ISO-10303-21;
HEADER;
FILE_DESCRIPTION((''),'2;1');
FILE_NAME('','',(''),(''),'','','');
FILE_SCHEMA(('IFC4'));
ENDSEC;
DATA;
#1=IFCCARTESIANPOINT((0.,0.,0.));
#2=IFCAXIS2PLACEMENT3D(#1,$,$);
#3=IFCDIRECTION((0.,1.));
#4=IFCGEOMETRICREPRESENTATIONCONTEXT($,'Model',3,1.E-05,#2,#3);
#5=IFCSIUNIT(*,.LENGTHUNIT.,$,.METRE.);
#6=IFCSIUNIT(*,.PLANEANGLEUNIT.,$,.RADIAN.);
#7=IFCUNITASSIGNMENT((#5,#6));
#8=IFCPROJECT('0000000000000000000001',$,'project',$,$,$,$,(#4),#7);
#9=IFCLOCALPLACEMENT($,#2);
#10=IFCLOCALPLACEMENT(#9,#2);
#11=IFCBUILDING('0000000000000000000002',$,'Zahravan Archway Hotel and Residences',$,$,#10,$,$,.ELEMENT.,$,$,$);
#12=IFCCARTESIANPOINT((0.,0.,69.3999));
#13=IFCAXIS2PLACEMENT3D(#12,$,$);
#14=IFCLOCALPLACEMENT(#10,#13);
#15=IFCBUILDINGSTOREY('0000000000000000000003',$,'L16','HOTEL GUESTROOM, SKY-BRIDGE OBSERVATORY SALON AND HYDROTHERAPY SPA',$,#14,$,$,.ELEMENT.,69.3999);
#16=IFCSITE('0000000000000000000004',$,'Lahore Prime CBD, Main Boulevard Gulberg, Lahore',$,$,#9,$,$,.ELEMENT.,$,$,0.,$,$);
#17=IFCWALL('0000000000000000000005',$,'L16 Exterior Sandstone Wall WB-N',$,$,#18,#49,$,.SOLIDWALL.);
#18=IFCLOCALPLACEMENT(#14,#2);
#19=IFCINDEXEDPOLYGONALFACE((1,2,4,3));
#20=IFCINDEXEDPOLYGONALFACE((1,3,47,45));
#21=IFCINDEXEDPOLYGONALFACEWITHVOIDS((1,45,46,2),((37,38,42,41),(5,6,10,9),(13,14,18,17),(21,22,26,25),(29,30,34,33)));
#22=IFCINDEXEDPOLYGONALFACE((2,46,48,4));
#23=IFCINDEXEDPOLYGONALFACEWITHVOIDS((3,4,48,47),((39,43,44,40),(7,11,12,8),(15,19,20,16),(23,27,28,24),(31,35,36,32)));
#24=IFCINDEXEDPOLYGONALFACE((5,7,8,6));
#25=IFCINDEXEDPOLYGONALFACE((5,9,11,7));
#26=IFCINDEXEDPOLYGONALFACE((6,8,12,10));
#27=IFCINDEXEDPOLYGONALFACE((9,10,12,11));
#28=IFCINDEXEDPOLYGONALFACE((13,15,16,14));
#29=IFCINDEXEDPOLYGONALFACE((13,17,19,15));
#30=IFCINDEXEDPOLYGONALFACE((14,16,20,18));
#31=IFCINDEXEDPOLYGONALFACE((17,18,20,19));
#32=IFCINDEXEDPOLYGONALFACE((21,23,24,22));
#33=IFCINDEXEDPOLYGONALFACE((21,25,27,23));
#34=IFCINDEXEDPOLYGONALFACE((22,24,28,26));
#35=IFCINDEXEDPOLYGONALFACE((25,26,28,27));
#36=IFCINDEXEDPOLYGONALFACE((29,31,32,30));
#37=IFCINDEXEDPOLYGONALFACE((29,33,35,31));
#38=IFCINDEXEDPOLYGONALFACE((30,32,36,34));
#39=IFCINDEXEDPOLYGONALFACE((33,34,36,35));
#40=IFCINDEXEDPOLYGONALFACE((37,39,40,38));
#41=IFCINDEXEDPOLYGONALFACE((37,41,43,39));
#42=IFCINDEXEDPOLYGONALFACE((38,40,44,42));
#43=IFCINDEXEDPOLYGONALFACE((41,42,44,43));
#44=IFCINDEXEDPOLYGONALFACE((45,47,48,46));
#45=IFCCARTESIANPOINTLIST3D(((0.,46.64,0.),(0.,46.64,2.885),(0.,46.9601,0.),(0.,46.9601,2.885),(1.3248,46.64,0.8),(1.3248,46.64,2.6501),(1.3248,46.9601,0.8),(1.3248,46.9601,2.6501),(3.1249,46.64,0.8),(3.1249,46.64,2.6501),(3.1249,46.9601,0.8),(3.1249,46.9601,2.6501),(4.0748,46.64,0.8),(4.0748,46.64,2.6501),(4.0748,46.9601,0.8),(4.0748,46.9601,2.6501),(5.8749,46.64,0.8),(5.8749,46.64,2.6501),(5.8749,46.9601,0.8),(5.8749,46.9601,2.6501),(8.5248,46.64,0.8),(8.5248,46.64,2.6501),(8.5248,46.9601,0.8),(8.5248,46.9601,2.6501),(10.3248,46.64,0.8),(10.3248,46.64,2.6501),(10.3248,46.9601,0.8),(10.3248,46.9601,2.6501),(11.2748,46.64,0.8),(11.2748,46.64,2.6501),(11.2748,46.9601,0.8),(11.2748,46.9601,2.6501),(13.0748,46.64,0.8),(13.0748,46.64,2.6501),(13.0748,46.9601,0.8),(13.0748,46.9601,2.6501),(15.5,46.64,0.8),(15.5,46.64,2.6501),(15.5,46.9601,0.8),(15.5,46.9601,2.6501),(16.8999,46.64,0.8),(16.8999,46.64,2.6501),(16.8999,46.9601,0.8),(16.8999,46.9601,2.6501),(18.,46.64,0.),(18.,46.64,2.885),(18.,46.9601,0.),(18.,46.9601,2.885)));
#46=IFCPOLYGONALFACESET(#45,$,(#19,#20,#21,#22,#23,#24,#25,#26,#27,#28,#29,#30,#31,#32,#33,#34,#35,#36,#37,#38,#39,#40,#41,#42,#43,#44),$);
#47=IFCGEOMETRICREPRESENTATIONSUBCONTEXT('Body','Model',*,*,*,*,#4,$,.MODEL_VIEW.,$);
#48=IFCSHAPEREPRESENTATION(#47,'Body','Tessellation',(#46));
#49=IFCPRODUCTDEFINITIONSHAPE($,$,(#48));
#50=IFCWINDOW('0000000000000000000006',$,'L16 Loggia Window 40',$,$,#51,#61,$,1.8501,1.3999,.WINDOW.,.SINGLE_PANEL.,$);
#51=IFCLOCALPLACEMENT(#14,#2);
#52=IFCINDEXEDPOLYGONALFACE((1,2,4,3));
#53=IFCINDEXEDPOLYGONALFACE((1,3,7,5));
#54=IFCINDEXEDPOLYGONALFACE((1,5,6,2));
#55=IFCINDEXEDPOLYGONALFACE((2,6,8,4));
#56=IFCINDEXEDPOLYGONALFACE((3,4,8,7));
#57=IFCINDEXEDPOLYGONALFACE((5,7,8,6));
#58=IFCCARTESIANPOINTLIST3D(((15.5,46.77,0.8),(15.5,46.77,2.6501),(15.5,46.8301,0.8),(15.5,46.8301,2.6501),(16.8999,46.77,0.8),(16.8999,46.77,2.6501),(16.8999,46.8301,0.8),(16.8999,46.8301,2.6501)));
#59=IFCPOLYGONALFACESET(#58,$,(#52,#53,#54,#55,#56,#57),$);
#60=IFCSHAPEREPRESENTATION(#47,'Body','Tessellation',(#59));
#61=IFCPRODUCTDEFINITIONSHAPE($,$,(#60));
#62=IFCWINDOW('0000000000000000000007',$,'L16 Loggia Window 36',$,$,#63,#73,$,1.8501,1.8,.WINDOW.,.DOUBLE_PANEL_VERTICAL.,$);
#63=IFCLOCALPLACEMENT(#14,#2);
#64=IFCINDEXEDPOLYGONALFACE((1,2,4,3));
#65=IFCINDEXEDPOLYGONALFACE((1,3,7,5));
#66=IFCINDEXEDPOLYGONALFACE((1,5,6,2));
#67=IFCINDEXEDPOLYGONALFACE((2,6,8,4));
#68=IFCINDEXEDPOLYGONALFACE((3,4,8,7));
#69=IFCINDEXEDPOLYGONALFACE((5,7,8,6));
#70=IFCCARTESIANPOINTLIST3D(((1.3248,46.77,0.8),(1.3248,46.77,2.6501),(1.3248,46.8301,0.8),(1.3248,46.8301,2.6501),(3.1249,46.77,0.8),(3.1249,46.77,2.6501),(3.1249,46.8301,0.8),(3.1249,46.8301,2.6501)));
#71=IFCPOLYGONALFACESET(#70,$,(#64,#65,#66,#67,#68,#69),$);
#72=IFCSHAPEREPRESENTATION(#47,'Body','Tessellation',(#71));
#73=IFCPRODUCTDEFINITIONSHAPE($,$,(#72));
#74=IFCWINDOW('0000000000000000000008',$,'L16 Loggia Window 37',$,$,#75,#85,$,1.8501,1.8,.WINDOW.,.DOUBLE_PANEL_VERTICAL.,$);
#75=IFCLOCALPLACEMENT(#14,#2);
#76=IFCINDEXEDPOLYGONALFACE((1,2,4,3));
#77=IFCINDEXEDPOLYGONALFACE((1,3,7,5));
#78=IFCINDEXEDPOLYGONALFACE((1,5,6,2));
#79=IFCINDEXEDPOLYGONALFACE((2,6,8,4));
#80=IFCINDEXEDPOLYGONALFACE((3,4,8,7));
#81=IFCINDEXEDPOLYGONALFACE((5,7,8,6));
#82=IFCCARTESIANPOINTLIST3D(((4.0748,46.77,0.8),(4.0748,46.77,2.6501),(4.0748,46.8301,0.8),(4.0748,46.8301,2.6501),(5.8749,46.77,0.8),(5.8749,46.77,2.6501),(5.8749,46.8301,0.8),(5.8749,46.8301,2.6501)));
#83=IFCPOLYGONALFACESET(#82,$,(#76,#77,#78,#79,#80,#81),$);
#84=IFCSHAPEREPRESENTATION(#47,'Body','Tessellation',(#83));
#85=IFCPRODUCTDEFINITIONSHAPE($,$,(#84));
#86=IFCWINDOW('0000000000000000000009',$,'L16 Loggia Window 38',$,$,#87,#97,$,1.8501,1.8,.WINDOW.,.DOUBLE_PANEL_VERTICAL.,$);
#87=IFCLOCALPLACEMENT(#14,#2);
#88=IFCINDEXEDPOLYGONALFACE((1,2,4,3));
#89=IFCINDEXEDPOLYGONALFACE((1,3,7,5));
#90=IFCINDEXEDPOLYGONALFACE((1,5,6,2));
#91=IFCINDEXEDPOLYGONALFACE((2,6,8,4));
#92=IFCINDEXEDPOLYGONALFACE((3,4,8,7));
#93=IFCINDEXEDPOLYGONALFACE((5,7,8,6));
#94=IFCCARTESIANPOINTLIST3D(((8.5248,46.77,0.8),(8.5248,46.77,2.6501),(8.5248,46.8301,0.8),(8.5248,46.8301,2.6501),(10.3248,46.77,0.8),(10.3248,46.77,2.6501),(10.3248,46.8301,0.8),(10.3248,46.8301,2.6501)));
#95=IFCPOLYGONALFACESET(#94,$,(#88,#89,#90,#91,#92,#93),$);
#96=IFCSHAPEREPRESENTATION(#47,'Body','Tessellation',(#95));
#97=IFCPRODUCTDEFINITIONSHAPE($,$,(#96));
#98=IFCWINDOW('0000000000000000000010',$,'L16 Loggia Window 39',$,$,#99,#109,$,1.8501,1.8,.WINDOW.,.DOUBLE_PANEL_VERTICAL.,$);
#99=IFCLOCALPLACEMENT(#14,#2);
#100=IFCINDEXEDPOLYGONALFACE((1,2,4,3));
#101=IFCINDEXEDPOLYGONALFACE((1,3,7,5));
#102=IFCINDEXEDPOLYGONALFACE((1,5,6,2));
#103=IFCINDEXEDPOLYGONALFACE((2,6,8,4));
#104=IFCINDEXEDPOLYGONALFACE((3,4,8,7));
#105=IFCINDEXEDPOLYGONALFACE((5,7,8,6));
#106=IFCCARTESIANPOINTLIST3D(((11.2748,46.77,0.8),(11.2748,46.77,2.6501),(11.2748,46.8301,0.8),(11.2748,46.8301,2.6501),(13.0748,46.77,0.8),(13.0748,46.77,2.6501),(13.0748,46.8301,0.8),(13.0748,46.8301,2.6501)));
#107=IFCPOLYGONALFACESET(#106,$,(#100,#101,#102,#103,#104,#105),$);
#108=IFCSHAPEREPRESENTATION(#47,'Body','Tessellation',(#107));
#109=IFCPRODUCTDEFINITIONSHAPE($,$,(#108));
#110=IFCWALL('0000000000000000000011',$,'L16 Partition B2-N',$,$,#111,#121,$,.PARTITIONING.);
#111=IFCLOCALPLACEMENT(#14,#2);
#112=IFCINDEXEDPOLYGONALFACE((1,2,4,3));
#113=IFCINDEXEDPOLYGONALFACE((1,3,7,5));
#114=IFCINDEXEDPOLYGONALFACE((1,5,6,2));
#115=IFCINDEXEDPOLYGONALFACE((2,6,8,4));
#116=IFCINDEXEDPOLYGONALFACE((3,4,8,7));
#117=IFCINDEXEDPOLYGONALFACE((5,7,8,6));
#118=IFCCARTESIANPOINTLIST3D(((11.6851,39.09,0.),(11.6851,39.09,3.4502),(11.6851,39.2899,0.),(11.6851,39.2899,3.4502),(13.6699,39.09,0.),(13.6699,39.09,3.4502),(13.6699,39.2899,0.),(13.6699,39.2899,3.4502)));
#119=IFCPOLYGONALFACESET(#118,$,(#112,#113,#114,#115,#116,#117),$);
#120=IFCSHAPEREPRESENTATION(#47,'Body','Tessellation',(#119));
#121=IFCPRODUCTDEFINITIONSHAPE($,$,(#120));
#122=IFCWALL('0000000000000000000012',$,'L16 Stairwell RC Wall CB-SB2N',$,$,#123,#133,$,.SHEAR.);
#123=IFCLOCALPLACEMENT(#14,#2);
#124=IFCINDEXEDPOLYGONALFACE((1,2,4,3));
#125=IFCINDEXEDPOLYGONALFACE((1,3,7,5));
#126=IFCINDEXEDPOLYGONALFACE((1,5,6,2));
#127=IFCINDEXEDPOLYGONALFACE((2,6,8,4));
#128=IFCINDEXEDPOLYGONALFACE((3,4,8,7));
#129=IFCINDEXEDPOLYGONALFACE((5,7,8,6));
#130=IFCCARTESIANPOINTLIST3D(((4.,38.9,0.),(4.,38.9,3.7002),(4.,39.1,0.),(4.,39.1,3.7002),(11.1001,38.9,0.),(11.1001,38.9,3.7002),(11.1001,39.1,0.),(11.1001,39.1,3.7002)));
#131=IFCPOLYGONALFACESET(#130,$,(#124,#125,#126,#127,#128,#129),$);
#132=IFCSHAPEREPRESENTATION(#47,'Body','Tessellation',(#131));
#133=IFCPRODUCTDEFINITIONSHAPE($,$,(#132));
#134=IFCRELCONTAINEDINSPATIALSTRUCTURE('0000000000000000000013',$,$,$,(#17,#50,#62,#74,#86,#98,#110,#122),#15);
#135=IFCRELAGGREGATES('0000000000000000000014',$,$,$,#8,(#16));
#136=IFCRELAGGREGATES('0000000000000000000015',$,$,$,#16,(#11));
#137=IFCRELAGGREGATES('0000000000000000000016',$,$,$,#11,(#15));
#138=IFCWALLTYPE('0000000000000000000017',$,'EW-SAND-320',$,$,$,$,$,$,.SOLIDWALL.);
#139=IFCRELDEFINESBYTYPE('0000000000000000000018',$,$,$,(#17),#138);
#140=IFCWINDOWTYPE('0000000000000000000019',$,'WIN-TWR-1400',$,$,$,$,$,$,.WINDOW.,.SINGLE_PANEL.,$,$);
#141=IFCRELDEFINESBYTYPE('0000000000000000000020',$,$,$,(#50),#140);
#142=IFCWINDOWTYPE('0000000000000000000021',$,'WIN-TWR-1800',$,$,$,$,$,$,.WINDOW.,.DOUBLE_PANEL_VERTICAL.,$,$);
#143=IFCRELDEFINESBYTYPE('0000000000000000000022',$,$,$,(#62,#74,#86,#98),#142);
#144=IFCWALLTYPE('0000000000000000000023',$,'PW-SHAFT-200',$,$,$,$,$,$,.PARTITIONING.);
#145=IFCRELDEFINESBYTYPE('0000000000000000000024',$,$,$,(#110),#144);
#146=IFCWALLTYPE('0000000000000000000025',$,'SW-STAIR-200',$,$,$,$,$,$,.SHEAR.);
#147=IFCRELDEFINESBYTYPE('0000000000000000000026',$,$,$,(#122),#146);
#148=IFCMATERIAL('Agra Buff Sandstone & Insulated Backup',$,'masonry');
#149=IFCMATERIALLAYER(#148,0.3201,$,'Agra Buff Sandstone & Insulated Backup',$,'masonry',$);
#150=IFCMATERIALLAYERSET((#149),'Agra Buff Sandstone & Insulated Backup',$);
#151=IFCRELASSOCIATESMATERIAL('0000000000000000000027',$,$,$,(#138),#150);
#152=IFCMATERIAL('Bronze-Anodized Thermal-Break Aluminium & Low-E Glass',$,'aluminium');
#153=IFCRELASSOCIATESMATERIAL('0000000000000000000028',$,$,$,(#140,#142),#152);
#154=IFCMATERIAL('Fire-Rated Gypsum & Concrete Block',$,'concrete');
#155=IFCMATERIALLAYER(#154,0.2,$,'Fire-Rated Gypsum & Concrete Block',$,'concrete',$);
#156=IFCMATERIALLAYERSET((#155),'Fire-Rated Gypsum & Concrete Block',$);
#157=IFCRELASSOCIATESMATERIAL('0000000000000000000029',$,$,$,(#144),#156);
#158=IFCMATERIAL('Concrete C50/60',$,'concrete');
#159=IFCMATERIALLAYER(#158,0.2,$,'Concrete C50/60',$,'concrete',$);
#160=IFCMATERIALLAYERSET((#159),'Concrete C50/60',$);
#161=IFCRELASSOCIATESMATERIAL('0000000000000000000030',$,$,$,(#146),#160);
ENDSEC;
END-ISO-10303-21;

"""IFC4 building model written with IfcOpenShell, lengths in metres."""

from ifc_helpers import new_model, si_unit, direction, frame, frame_2d, origin, place, context, subcontext, project, spatial, rectangle, extrude, source, transform, mapped, material, layer, layer_set, type_object, type_shapes, element, fill, save


model = new_model("IFC4")

# Units and contexts
model_context = context("Model", 3, precision=1e-05, world=origin(), true_north=direction((0.0, 1.0)))
body_context = subcontext(model_context, "Body", "Model", "MODEL_VIEW")
ifc_project = project(units=[si_unit("LENGTHUNIT", "METRE"), si_unit("PLANEANGLEUNIT", "RADIAN")], contexts=[model_context])

# Site, building, storey
site_placement = place(None, origin())
site = spatial("IfcSite", under=ifc_project, at=site_placement, Name="Lahore Prime CBD, Main Boulevard Gulberg, Lahore", CompositionType="ELEMENT", RefElevation=0.0)
building_placement = place(site_placement, origin())
building = spatial("IfcBuilding", under=site, at=building_placement, Name="Zahravan Archway Hotel and Residences", CompositionType="ELEMENT")
storey_placement = place(building_placement, frame((0.0, 0.0, 69.3999)))
storey = spatial("IfcBuildingStorey", under=building, at=storey_placement, Name="L16", Description="HOTEL GUESTROOM, SKY-BRIDGE OBSERVATORY SALON AND HYDROTHERAPY SPA", CompositionType="ELEMENT", Elevation=69.3999)

# Wall, openings, windows
ifc_material_1 = material(Name="Agra Buff Sandstone & Insulated Backup", Category="masonry")
ifc_layer_1 = layer(ifc_material_1, 0.3201, Name="Agra Buff Sandstone & Insulated Backup", Category="masonry")
ifc_layer_set_1 = layer_set([ifc_layer_1], Name="Agra Buff Sandstone & Insulated Backup")
wall_type_1 = type_object("IfcWallType", Name="EW-SAND-320", PredefinedType="SOLIDWALL", material=ifc_layer_set_1)
wall_1_placement = place(storey_placement, frame((0.0, 46.8, 0.0), z_axis=(0.0, 0.0, 1.0), x_axis=(1.0, 0.0, 0.0)))
wall_1 = element("IfcWall", 1, at=wall_1_placement, inside=storey, type_object=wall_type_1, Name="L16 Exterior Sandstone Wall WB-N", PredefinedType="SOLIDWALL", context=body_context, shape_type="SweptSolid", body=[
    extrude(rectangle(XDim=18.0, YDim=0.3201, at=frame_2d((9.0, 0.0))), origin(), (0.0, 0.0, 1.0), 2.885),
])
opening_1_placement = place(wall_1_placement, frame((1.325, 0.0, 0.8)))
opening_1 = element("IfcOpeningElement", 2, at=opening_1_placement, cuts=wall_1, PredefinedType="OPENING", context=body_context, shape_type="SweptSolid", body=[
    extrude(rectangle(XDim=1.8, YDim=1.8501, at=frame_2d((0.8999, 0.925))), frame((0.0, 0.1699, 0.0), z_axis=(0.0, -1.0, 0.0), x_axis=(1.0, 0.0, 0.0)), (0.0, 0.0, 1.0), 0.3401),
])
opening_2_placement = place(wall_1_placement, frame((4.075, 0.0, 0.8)))
opening_2 = element("IfcOpeningElement", 3, at=opening_2_placement, cuts=wall_1, PredefinedType="OPENING", context=body_context, shape_type="SweptSolid", body=[
    extrude(rectangle(XDim=1.8, YDim=1.8501, at=frame_2d((0.8999, 0.925))), frame((0.0, 0.1699, 0.0), z_axis=(0.0, -1.0, 0.0), x_axis=(1.0, 0.0, 0.0)), (0.0, 0.0, 1.0), 0.3401),
])
opening_3_placement = place(wall_1_placement, frame((8.5249, 0.0, 0.8)))
opening_3 = element("IfcOpeningElement", 4, at=opening_3_placement, cuts=wall_1, PredefinedType="OPENING", context=body_context, shape_type="SweptSolid", body=[
    extrude(rectangle(XDim=1.8, YDim=1.8501, at=frame_2d((0.8999, 0.925))), frame((0.0, 0.1699, 0.0), z_axis=(0.0, -1.0, 0.0), x_axis=(1.0, 0.0, 0.0)), (0.0, 0.0, 1.0), 0.3401),
])
opening_4_placement = place(wall_1_placement, frame((11.2749, 0.0, 0.8)))
opening_4 = element("IfcOpeningElement", 5, at=opening_4_placement, cuts=wall_1, PredefinedType="OPENING", context=body_context, shape_type="SweptSolid", body=[
    extrude(rectangle(XDim=1.8, YDim=1.8501, at=frame_2d((0.8999, 0.925))), frame((0.0, 0.1699, 0.0), z_axis=(0.0, -1.0, 0.0), x_axis=(1.0, 0.0, 0.0)), (0.0, 0.0, 1.0), 0.3401),
])
opening_5_placement = place(wall_1_placement, frame((15.5, 0.0, 0.8)))
opening_5 = element("IfcOpeningElement", 6, at=opening_5_placement, cuts=wall_1, PredefinedType="OPENING", context=body_context, shape_type="SweptSolid", body=[
    extrude(rectangle(XDim=1.3999, YDim=1.8501, at=frame_2d((0.7, 0.925))), frame((0.0, 0.1699, 0.0), z_axis=(0.0, -1.0, 0.0), x_axis=(1.0, 0.0, 0.0)), (0.0, 0.0, 1.0), 0.3401),
])
ifc_material_2 = material(Name="Bronze-Anodized Thermal-Break Aluminium & Low-E Glass", Category="aluminium")
window_type_1 = type_object("IfcWindowType", Name="WIN-TWR-1400", PartitioningType="SINGLE_PANEL", PredefinedType="WINDOW", material=ifc_material_2)
shared_shape_1 = source(origin(), body_context, "Body", "SweptSolid", [
    extrude(rectangle(XDim=1.3999, YDim=1.8501, at=frame_2d((0.7, 0.925))), frame((0.0, 0.03, 0.0), z_axis=(0.0, -1.0, 0.0), x_axis=(1.0, 0.0, 0.0)), (0.0, 0.0, 1.0), 0.0601),
])
type_shapes(window_type_1, [shared_shape_1])
window_1_placement = place(opening_5_placement, origin())
window_1 = element("IfcWindow", 7, at=window_1_placement, inside=storey, type_object=window_type_1, Name="L16 Loggia Window 40", OverallHeight=1.8501, OverallWidth=1.3999, PartitioningType="SINGLE_PANEL", PredefinedType="WINDOW", context=body_context, shape_type="MappedRepresentation", body=[
    mapped(shared_shape_1, transform((0.0, 0.0, 0.0), scale=1.0)),
])
fill(opening_5, window_1)
window_type_2 = type_object("IfcWindowType", Name="WIN-TWR-1800", PartitioningType="DOUBLE_PANEL_VERTICAL", PredefinedType="WINDOW", material=ifc_material_2)
shared_shape_2 = source(origin(), body_context, "Body", "SweptSolid", [
    extrude(rectangle(XDim=1.8, YDim=1.8501, at=frame_2d((0.8999, 0.925))), frame((0.0, 0.03, 0.0), z_axis=(0.0, -1.0, 0.0), x_axis=(1.0, 0.0, 0.0)), (0.0, 0.0, 1.0), 0.0601),
])
type_shapes(window_type_2, [shared_shape_2])
window_2_placement = place(opening_1_placement, origin())
window_2 = element("IfcWindow", 8, at=window_2_placement, inside=storey, type_object=window_type_2, Name="L16 Loggia Window 36", OverallHeight=1.8501, OverallWidth=1.8, PartitioningType="DOUBLE_PANEL_VERTICAL", PredefinedType="WINDOW", context=body_context, shape_type="MappedRepresentation", body=[
    mapped(shared_shape_2, transform((0.0, 0.0, 0.0), scale=1.0)),
])
fill(opening_1, window_2)
window_3_placement = place(opening_2_placement, origin())
window_3 = element("IfcWindow", 9, at=window_3_placement, inside=storey, type_object=window_type_2, Name="L16 Loggia Window 37", OverallHeight=1.8501, OverallWidth=1.8, PartitioningType="DOUBLE_PANEL_VERTICAL", PredefinedType="WINDOW", context=body_context, shape_type="MappedRepresentation", body=[
    mapped(shared_shape_2, transform((0.0, 0.0, 0.0), scale=1.0)),
])
fill(opening_2, window_3)
window_4_placement = place(opening_3_placement, origin())
window_4 = element("IfcWindow", 10, at=window_4_placement, inside=storey, type_object=window_type_2, Name="L16 Loggia Window 38", OverallHeight=1.8501, OverallWidth=1.8, PartitioningType="DOUBLE_PANEL_VERTICAL", PredefinedType="WINDOW", context=body_context, shape_type="MappedRepresentation", body=[
    mapped(shared_shape_2, transform((0.0, 0.0, 0.0), scale=1.0)),
])
fill(opening_3, window_4)
window_5_placement = place(opening_4_placement, origin())
window_5 = element("IfcWindow", 11, at=window_5_placement, inside=storey, type_object=window_type_2, Name="L16 Loggia Window 39", OverallHeight=1.8501, OverallWidth=1.8, PartitioningType="DOUBLE_PANEL_VERTICAL", PredefinedType="WINDOW", context=body_context, shape_type="MappedRepresentation", body=[
    mapped(shared_shape_2, transform((0.0, 0.0, 0.0), scale=1.0)),
])
fill(opening_4, window_5)

# Wall
ifc_material_3 = material(Name="Fire-Rated Gypsum & Concrete Block", Category="concrete")
ifc_layer_2 = layer(ifc_material_3, 0.2, Name="Fire-Rated Gypsum & Concrete Block", Category="concrete")
ifc_layer_set_2 = layer_set([ifc_layer_2], Name="Fire-Rated Gypsum & Concrete Block")
wall_type_2 = type_object("IfcWallType", Name="PW-SHAFT-200", PredefinedType="PARTITIONING", material=ifc_layer_set_2)
wall_2_placement = place(storey_placement, frame((11.6851, 39.1899, 0.0), z_axis=(0.0, 0.0, 1.0), x_axis=(1.0, 0.0, 0.0)))
element("IfcWall", 12, at=wall_2_placement, inside=storey, type_object=wall_type_2, Name="L16 Partition B2-N", PredefinedType="PARTITIONING", context=body_context, shape_type="SweptSolid", body=[
    extrude(rectangle(XDim=1.9849, YDim=0.2, at=frame_2d((0.9924, 0.0))), origin(), (0.0, 0.0, 1.0), 3.4502),
])

# Wall
ifc_material_4 = material(Name="Concrete C50/60", Category="concrete")
ifc_layer_3 = layer(ifc_material_4, 0.2, Name="Concrete C50/60", Category="concrete")
ifc_layer_set_3 = layer_set([ifc_layer_3], Name="Concrete C50/60")
wall_type_3 = type_object("IfcWallType", Name="SW-STAIR-200", PredefinedType="SHEAR", material=ifc_layer_set_3)
wall_3_placement = place(storey_placement, frame((4.0, 39.0, 0.0), z_axis=(0.0, 0.0, 1.0), x_axis=(1.0, 0.0, 0.0)))
element("IfcWall", 13, at=wall_3_placement, inside=storey, type_object=wall_type_3, Name="L16 Stairwell RC Wall CB-SB2N", PredefinedType="SHEAR", context=body_context, shape_type="SweptSolid", body=[
    extrude(rectangle(XDim=7.1001, YDim=0.2, at=frame_2d((3.55, 0.0))), origin(), (0.0, 0.0, 1.0), 3.7002),
])

save(model, "model.ifc")
